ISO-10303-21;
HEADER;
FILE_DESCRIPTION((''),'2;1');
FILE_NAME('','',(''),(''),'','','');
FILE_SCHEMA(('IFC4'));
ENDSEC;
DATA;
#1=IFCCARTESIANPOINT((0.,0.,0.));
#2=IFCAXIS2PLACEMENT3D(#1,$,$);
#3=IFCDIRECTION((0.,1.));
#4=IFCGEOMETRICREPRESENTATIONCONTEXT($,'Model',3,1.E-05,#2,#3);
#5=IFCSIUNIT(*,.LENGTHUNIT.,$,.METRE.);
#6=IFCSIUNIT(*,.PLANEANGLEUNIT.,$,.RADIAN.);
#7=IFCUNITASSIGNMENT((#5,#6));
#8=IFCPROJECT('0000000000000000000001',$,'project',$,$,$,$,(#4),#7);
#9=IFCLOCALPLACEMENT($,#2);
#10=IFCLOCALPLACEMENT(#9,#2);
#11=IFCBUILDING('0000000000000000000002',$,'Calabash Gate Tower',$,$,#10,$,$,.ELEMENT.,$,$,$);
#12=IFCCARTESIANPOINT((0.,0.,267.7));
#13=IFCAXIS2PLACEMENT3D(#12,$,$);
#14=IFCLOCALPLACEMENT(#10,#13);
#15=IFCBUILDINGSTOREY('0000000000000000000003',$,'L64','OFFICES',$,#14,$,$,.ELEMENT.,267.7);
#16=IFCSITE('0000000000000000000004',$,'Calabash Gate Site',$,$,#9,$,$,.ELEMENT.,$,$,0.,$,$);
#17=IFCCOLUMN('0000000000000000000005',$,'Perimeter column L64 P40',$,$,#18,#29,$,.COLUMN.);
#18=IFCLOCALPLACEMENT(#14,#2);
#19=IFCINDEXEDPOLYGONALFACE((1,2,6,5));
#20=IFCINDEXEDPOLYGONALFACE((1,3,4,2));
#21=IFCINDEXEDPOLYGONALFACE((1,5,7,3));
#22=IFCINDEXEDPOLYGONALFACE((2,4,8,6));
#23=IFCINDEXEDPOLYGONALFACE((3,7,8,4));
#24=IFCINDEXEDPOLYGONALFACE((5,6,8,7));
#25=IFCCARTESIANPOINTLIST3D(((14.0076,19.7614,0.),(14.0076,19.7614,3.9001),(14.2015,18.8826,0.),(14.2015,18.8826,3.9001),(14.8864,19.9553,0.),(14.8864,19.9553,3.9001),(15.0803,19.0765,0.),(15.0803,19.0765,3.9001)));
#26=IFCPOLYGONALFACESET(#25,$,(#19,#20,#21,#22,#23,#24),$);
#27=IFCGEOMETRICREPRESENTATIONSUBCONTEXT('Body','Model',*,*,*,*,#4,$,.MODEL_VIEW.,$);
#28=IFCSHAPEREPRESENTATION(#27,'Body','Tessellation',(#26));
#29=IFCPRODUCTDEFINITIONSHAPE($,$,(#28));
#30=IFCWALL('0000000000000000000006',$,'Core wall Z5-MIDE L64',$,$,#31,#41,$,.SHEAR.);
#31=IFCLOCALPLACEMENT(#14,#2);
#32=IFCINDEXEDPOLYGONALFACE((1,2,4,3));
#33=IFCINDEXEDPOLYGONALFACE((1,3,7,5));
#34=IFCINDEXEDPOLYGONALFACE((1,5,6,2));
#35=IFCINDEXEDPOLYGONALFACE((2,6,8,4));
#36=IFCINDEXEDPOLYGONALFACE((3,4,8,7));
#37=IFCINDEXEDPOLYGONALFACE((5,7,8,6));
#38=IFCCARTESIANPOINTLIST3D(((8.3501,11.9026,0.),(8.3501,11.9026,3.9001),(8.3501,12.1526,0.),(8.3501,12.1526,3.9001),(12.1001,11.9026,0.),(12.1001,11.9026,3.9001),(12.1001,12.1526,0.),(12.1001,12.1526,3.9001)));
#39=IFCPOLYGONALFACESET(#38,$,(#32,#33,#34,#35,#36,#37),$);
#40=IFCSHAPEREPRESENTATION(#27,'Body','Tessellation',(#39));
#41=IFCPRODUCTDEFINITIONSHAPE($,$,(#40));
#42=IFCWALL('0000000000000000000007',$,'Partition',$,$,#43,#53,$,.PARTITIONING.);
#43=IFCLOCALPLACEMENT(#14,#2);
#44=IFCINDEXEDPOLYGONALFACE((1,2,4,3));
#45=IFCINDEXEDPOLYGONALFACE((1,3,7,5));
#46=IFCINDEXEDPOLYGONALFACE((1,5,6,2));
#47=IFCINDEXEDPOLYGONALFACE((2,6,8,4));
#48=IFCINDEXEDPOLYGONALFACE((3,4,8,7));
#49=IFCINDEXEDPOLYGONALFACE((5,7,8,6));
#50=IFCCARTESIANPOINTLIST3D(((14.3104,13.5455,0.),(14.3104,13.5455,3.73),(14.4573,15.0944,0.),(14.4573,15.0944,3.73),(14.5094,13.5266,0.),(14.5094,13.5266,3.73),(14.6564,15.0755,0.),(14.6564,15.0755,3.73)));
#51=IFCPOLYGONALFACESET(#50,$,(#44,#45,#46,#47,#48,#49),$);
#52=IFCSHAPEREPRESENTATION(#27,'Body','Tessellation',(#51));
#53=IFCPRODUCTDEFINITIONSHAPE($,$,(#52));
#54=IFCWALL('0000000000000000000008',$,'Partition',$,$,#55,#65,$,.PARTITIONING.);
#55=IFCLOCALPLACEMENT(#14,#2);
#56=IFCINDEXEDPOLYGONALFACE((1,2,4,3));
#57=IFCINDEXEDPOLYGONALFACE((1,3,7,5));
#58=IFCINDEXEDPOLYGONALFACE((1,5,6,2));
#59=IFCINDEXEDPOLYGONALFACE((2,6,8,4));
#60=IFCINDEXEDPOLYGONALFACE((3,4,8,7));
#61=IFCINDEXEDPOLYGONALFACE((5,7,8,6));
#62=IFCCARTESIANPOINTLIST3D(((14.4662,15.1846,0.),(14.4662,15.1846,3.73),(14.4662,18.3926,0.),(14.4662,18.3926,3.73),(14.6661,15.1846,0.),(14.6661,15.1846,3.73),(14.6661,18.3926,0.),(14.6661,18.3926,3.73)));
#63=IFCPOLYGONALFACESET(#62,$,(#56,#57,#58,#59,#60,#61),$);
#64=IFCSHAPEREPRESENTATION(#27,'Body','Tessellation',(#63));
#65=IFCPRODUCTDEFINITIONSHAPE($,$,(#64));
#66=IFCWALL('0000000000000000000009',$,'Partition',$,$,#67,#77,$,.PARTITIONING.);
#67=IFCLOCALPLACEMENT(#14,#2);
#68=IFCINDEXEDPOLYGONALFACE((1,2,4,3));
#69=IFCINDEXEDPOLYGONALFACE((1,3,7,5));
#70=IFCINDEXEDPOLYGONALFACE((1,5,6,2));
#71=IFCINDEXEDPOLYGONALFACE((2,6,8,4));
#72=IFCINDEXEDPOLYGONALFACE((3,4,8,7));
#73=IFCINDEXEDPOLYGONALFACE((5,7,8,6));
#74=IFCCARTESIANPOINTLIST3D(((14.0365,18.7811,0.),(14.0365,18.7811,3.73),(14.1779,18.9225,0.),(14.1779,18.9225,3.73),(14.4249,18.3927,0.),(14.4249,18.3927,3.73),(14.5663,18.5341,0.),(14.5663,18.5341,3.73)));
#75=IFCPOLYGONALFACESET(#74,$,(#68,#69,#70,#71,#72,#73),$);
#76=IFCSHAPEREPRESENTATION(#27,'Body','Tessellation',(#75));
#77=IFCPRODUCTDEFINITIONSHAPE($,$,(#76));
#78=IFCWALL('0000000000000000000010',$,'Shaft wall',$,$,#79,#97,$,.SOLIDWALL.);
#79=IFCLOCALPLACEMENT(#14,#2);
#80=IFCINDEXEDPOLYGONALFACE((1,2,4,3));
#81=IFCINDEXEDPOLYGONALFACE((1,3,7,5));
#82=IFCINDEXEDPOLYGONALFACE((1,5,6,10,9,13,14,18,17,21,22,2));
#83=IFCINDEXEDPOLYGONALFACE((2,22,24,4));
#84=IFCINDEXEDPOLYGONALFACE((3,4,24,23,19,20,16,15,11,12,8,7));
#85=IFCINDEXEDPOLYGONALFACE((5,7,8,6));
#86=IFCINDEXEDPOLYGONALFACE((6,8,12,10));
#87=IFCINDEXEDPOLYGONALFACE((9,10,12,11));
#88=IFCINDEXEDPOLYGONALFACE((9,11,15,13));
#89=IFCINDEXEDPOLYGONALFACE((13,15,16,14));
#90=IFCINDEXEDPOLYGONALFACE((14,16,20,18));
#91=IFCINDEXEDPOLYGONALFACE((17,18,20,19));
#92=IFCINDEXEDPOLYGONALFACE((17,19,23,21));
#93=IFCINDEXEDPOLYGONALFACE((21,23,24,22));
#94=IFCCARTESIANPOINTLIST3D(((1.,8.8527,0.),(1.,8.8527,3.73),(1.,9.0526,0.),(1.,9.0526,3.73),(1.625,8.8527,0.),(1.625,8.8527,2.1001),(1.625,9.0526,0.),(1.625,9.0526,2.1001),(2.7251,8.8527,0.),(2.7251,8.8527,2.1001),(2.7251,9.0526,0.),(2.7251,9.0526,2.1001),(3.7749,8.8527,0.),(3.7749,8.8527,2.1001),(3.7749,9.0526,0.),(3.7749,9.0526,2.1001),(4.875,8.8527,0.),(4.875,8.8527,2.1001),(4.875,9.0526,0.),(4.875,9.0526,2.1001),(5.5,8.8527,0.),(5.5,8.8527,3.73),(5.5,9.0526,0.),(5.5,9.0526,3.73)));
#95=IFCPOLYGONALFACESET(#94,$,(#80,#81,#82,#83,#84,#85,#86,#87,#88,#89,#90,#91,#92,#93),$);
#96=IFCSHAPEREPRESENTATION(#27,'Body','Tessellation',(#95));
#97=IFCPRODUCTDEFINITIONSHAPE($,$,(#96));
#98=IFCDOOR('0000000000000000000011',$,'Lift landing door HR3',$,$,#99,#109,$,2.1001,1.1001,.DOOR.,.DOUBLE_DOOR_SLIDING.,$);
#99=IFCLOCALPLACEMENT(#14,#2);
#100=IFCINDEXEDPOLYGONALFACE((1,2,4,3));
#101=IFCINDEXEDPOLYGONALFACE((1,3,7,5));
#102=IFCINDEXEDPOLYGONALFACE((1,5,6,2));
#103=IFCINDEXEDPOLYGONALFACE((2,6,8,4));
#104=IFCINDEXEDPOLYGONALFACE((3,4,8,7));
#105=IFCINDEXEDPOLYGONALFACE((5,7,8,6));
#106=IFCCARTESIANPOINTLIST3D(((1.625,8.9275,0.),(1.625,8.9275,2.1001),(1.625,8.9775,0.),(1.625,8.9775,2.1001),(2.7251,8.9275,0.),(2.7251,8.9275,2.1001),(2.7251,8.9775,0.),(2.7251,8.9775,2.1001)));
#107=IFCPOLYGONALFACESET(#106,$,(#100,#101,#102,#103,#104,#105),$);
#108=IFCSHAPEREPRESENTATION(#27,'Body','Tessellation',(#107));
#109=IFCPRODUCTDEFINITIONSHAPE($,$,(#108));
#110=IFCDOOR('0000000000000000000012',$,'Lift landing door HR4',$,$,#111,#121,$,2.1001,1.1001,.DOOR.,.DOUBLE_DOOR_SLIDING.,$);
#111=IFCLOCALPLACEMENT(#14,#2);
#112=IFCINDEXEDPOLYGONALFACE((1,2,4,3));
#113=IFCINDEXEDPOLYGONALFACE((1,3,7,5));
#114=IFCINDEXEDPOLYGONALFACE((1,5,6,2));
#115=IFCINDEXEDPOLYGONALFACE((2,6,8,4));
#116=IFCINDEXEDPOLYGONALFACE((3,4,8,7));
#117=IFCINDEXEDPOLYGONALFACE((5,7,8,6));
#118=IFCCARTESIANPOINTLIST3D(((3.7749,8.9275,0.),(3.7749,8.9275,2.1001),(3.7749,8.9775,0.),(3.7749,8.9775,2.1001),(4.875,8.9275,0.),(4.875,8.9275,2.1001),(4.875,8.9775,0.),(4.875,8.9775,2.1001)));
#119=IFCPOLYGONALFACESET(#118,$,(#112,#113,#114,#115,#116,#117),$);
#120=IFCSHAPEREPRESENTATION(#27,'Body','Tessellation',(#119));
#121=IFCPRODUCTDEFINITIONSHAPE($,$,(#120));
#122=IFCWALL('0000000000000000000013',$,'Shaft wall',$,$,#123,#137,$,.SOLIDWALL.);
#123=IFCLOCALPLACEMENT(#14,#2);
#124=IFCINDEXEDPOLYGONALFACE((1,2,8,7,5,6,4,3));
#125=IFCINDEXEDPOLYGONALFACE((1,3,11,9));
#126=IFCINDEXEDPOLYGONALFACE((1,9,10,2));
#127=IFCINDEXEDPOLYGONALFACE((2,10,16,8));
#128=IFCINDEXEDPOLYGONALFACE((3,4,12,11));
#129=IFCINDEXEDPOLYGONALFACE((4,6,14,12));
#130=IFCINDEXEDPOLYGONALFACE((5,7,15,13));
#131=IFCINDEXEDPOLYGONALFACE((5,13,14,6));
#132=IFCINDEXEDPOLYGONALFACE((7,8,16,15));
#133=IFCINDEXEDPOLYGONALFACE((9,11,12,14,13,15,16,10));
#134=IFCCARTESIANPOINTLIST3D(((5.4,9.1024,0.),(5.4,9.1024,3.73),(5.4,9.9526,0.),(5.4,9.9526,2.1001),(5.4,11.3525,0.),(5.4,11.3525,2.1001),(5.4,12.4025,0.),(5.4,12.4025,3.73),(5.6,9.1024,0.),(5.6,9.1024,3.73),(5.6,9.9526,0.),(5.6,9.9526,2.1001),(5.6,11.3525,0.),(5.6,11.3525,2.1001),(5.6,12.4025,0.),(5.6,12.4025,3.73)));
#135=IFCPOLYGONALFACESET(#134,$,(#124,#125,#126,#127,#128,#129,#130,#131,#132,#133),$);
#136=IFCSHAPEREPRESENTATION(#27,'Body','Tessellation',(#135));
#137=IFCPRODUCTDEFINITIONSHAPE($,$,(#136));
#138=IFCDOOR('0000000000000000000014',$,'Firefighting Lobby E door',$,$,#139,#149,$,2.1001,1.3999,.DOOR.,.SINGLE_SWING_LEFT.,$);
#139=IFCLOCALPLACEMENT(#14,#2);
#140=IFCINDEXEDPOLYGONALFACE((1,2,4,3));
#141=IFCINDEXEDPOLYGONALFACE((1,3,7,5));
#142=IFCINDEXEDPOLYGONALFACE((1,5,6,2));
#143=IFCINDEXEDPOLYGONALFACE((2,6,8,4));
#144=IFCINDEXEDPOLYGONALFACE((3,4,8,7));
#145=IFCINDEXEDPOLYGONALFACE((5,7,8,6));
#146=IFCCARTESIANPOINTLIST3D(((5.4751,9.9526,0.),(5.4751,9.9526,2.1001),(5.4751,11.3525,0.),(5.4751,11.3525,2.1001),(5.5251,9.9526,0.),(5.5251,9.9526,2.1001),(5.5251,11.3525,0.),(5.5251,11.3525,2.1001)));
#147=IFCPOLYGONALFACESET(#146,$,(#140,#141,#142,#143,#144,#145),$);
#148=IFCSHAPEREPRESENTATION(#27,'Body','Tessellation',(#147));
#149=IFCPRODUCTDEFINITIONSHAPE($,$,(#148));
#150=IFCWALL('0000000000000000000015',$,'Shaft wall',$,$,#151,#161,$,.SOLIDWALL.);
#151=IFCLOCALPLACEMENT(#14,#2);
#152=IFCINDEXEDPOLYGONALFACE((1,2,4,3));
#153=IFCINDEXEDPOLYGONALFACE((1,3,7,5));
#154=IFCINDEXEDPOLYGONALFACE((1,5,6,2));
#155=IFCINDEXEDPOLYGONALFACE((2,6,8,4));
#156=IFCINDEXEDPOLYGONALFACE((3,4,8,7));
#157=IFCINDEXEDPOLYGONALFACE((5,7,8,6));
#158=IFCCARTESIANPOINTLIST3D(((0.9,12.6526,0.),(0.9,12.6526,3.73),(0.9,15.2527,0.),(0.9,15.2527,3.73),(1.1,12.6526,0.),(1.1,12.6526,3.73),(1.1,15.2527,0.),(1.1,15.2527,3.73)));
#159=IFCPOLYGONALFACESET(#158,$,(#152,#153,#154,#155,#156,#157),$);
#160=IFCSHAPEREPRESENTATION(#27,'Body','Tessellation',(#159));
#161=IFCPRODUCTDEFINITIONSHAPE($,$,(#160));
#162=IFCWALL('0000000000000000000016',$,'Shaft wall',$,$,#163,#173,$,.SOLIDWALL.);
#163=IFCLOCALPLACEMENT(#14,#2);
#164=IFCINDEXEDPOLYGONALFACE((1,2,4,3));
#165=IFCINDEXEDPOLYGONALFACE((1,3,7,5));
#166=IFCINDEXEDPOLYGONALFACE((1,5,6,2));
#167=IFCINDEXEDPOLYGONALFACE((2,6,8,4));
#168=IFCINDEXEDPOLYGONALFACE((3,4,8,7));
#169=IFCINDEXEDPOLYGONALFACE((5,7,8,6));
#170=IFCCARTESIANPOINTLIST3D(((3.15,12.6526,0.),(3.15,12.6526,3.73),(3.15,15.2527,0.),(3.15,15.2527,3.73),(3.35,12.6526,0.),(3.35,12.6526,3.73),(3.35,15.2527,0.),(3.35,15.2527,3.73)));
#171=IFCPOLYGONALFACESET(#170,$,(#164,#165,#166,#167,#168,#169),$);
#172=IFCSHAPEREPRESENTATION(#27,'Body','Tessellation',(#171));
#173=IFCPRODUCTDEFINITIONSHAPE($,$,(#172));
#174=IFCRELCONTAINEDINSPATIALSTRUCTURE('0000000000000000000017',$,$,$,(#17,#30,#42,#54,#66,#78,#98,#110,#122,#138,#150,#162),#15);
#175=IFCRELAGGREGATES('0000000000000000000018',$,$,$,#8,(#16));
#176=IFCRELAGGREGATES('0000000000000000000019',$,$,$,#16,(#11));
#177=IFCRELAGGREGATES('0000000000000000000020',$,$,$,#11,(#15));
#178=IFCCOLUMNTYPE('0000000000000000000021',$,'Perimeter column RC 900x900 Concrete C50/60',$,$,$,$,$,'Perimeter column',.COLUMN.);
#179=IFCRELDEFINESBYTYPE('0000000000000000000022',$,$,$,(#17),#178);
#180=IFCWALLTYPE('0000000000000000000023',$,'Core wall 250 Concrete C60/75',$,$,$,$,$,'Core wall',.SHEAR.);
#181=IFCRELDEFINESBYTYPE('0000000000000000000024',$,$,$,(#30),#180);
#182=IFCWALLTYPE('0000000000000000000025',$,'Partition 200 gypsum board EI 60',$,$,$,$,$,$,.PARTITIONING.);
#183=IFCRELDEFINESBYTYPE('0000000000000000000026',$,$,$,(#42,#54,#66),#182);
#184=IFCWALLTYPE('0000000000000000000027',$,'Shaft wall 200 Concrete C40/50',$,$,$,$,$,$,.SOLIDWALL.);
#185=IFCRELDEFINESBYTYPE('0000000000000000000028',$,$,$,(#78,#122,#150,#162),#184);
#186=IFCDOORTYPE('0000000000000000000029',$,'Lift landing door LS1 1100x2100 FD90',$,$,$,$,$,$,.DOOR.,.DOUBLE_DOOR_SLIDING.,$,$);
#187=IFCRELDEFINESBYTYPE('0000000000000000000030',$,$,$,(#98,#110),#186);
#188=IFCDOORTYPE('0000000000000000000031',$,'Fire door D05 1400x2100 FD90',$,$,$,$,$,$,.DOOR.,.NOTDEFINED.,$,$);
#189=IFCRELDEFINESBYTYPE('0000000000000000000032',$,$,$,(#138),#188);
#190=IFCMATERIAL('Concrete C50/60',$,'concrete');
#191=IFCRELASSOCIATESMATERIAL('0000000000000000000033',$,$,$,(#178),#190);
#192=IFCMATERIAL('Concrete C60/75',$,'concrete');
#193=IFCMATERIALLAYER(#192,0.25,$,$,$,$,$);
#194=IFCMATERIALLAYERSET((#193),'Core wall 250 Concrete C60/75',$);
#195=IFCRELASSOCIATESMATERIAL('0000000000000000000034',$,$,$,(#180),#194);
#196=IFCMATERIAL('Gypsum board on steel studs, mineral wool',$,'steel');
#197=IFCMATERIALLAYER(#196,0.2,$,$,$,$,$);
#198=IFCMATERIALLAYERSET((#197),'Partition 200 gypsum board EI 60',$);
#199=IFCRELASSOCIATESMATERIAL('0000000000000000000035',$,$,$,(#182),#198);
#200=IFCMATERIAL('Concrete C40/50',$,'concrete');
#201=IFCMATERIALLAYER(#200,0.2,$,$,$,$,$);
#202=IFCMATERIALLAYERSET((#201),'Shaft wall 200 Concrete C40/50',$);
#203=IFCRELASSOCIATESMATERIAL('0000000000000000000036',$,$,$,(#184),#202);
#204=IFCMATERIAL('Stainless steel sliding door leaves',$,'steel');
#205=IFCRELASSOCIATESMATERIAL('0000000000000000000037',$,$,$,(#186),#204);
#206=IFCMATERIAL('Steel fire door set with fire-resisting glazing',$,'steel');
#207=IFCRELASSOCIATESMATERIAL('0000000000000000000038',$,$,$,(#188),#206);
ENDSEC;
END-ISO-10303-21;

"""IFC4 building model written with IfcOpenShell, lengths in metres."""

from ifc_helpers import new_model, si_unit, direction, frame, frame_2d, origin, origin_2d, place, context, subcontext, project, spatial, rectangle, extrude, material, layer, layer_set, material_profile, profile_set, type_object, element, fill, save


model = new_model("IFC4")

# Units and contexts
model_context = context("Model", 3, precision=1e-05, world=origin(), true_north=direction((0.0, 1.0)))
body_context = subcontext(model_context, "Body", "Model", "MODEL_VIEW")
ifc_project = project(units=[si_unit("LENGTHUNIT", "METRE"), si_unit("PLANEANGLEUNIT", "RADIAN")], contexts=[model_context])

# Site, building, storey
site_placement = place(None, origin())
site = spatial("IfcSite", under=ifc_project, at=site_placement, Name="Calabash Gate Site", CompositionType="ELEMENT", RefElevation=0.0)
building_placement = place(site_placement, origin())
building = spatial("IfcBuilding", under=site, at=building_placement, Name="Calabash Gate Tower", CompositionType="ELEMENT")
storey_placement = place(building_placement, frame((0.0, 0.0, 267.7)))
storey = spatial("IfcBuildingStorey", under=building, at=storey_placement, Name="L64", Description="OFFICES", CompositionType="ELEMENT", Elevation=267.7)

# Column
ifc_material_1 = material(Name="Concrete C50/60", Category="concrete")
ifc_material_profile = material_profile(ifc_material_1, rectangle(XDim=0.8999, YDim=0.8999, at=origin_2d()))
ifc_profile_set = profile_set([ifc_material_profile], Name="Concrete C50/60")
column_type = type_object("IfcColumnType", Name="Perimeter column RC 900x900 Concrete C50/60", ElementType="Perimeter column", PredefinedType="COLUMN", material=ifc_profile_set)
column_placement = place(storey_placement, frame((14.5439, 19.4189, 0.0), z_axis=(0.0, 0.0, 1.0), x_axis=(-0.976511, -0.215468, 0.0)))
element("IfcColumn", 1, at=column_placement, inside=storey, type_object=column_type, Name="Perimeter column L64 P40", PredefinedType="COLUMN", context=body_context, shape_type="SweptSolid", body=[
    extrude(rectangle(XDim=0.8999, YDim=0.8999, at=origin_2d()), origin(), (0.0, 0.0, 1.0), 3.9001),
])

# Walls
ifc_material_2 = material(Name="Concrete C60/75", Category="concrete")
ifc_layer_1 = layer(ifc_material_2, 0.25)
ifc_layer_set_1 = layer_set([ifc_layer_1], Name="Core wall 250 Concrete C60/75")
wall_type_1 = type_object("IfcWallType", Name="Core wall 250 Concrete C60/75", ElementType="Core wall", PredefinedType="SHEAR", material=ifc_layer_set_1)
wall_1_placement = place(storey_placement, frame((8.3501, 12.0276, 0.0), z_axis=(0.0, 0.0, 1.0), x_axis=(1.0, 0.0, 0.0)))
element("IfcWall", 2, at=wall_1_placement, inside=storey, type_object=wall_type_1, Name="Core wall Z5-MIDE L64", PredefinedType="SHEAR", context=body_context, shape_type="SweptSolid", body=[
    extrude(rectangle(XDim=3.75, YDim=0.25, at=frame_2d((1.875, 0.0))), origin(), (0.0, 0.0, 1.0), 3.9001),
])
ifc_material_3 = material(Name="Gypsum board on steel studs, mineral wool", Category="steel")
ifc_layer_2 = layer(ifc_material_3, 0.2)
ifc_layer_set_2 = layer_set([ifc_layer_2], Name="Partition 200 gypsum board EI 60")
wall_type_2 = type_object("IfcWallType", Name="Partition 200 gypsum board EI 60", PredefinedType="PARTITIONING", material=ifc_layer_set_2)
wall_2_placement = place(storey_placement, frame((14.4099, 13.5361, 0.0), z_axis=(0.0, 0.0, 1.0), x_axis=(0.094454, 0.995529, 0.0)))
element("IfcWall", 3, at=wall_2_placement, inside=storey, type_object=wall_type_2, Name="Partition", PredefinedType="PARTITIONING", context=body_context, shape_type="SweptSolid", body=[
    extrude(rectangle(XDim=1.5559, YDim=0.2, at=frame_2d((0.7778, 0.0))), origin(), (0.0, 0.0, 1.0), 3.73),
])
wall_3_placement = place(storey_placement, frame((14.5662, 18.3926, 0.0), z_axis=(0.0, 0.0, 1.0), x_axis=(0.0, -1.0, 0.0)))
element("IfcWall", 4, at=wall_3_placement, inside=storey, type_object=wall_type_2, Name="Partition", PredefinedType="PARTITIONING", context=body_context, shape_type="SweptSolid", body=[
    extrude(rectangle(XDim=3.208, YDim=0.2, at=frame_2d((1.604, 0.0))), origin(), (0.0, 0.0, 1.0), 3.73),
])
wall_4_placement = place(storey_placement, frame((14.1072, 18.8518, 0.0), z_axis=(0.0, 0.0, 1.0), x_axis=(0.707107, -0.707107, 0.0)))
element("IfcWall", 5, at=wall_4_placement, inside=storey, type_object=wall_type_2, Name="Partition", PredefinedType="PARTITIONING", context=body_context, shape_type="SweptSolid", body=[
    extrude(rectangle(XDim=0.5493, YDim=0.2, at=frame_2d((0.2747, 0.0))), origin(), (0.0, 0.0, 1.0), 3.73),
])

# Wall, openings, doors
ifc_material_4 = material(Name="Concrete C40/50", Category="concrete")
ifc_layer_3 = layer(ifc_material_4, 0.2)
ifc_layer_set_3 = layer_set([ifc_layer_3], Name="Shaft wall 200 Concrete C40/50")
wall_type_3 = type_object("IfcWallType", Name="Shaft wall 200 Concrete C40/50", PredefinedType="SOLIDWALL", material=ifc_layer_set_3)
wall_5_placement = place(storey_placement, frame((1.0, 8.9526, 0.0), z_axis=(0.0, 0.0, 1.0), x_axis=(1.0, 0.0, 0.0)))
wall_5 = element("IfcWall", 6, at=wall_5_placement, inside=storey, type_object=wall_type_3, Name="Shaft wall", PredefinedType="SOLIDWALL", context=body_context, shape_type="SweptSolid", body=[
    extrude(rectangle(XDim=4.5, YDim=0.2, at=frame_2d((2.25, 0.0))), origin(), (0.0, 0.0, 1.0), 3.73),
])
opening_1_placement = place(wall_5_placement, frame((0.625, 0.0, 0.0)))
opening_1 = element("IfcOpeningElement", 7, at=opening_1_placement, cuts=wall_5, PredefinedType="OPENING", context=body_context, shape_type="SweptSolid", body=[
    extrude(rectangle(XDim=1.1001, YDim=2.1001, at=frame_2d((0.55, 1.05))), frame((0.0, 0.1099, 0.0), z_axis=(0.0, -1.0, 0.0), x_axis=(1.0, 0.0, 0.0)), (0.0, 0.0, 1.0), 0.22),
])
opening_2_placement = place(wall_5_placement, frame((2.7749, 0.0, 0.0)))
opening_2 = element("IfcOpeningElement", 8, at=opening_2_placement, cuts=wall_5, PredefinedType="OPENING", context=body_context, shape_type="SweptSolid", body=[
    extrude(rectangle(XDim=1.1001, YDim=2.1001, at=frame_2d((0.55, 1.05))), frame((0.0, 0.1099, 0.0), z_axis=(0.0, -1.0, 0.0), x_axis=(1.0, 0.0, 0.0)), (0.0, 0.0, 1.0), 0.22),
])
ifc_material_5 = material(Name="Stainless steel sliding door leaves", Category="steel")
door_type_1 = type_object("IfcDoorType", Name="Lift landing door LS1 1100x2100 FD90", OperationType="DOUBLE_DOOR_SLIDING", PredefinedType="DOOR", material=ifc_material_5)
door_1_placement = place(opening_1_placement, origin())
door_1 = element("IfcDoor", 9, at=door_1_placement, inside=storey, type_object=door_type_1, Name="Lift landing door HR3", OperationType="DOUBLE_DOOR_SLIDING", OverallHeight=2.1001, OverallWidth=1.1001, PredefinedType="DOOR", context=body_context, shape_type="SweptSolid", body=[
    extrude(rectangle(XDim=1.1001, YDim=2.1001, at=frame_2d((0.55, 1.05))), frame((0.0, 0.0249, 0.0), z_axis=(0.0, -1.0, 0.0), x_axis=(1.0, 0.0, 0.0)), (0.0, 0.0, 1.0), 0.05),
])
fill(opening_1, door_1)
door_2_placement = place(opening_2_placement, origin())
door_2 = element("IfcDoor", 10, at=door_2_placement, inside=storey, type_object=door_type_1, Name="Lift landing door HR4", OperationType="DOUBLE_DOOR_SLIDING", OverallHeight=2.1001, OverallWidth=1.1001, PredefinedType="DOOR", context=body_context, shape_type="SweptSolid", body=[
    extrude(rectangle(XDim=1.1001, YDim=2.1001, at=frame_2d((0.55, 1.05))), frame((0.0, 0.0249, 0.0), z_axis=(0.0, -1.0, 0.0), x_axis=(1.0, 0.0, 0.0)), (0.0, 0.0, 1.0), 0.05),
])
fill(opening_2, door_2)

# Wall, opening, door
wall_6_placement = place(storey_placement, frame((5.5, 9.1025, 0.0), z_axis=(0.0, 0.0, 1.0), x_axis=(0.0, 1.0, 0.0)))
wall_6 = element("IfcWall", 11, at=wall_6_placement, inside=storey, type_object=wall_type_3, Name="Shaft wall", PredefinedType="SOLIDWALL", context=body_context, shape_type="SweptSolid", body=[
    extrude(rectangle(XDim=3.3, YDim=0.2, at=frame_2d((1.6499, 0.0))), origin(), (0.0, 0.0, 1.0), 3.73),
])
opening_3_placement = place(wall_6_placement, frame((0.8501, 0.0, 0.0)))
opening_3 = element("IfcOpeningElement", 12, at=opening_3_placement, cuts=wall_6, PredefinedType="OPENING", context=body_context, shape_type="SweptSolid", body=[
    extrude(rectangle(XDim=1.3999, YDim=2.1001, at=frame_2d((0.7, 1.05))), frame((0.0, 0.1099, 0.0), z_axis=(0.0, -1.0, 0.0), x_axis=(1.0, 0.0, 0.0)), (0.0, 0.0, 1.0), 0.22),
])
ifc_material_6 = material(Name="Steel fire door set with fire-resisting glazing", Category="steel")
door_type_2 = type_object("IfcDoorType", Name="Fire door D05 1400x2100 FD90", OperationType="NOTDEFINED", PredefinedType="DOOR", material=ifc_material_6)
door_3_placement = place(opening_3_placement, origin())
door_3 = element("IfcDoor", 13, at=door_3_placement, inside=storey, type_object=door_type_2, Name="Firefighting Lobby E door", OperationType="SINGLE_SWING_LEFT", OverallHeight=2.1001, OverallWidth=1.3999, PredefinedType="DOOR", context=body_context, shape_type="SweptSolid", body=[
    extrude(rectangle(XDim=1.3999, YDim=2.1001, at=frame_2d((0.7, 1.05))), frame((0.0, 0.0249, 0.0), z_axis=(0.0, -1.0, 0.0), x_axis=(1.0, 0.0, 0.0)), (0.0, 0.0, 1.0), 0.05),
])
fill(opening_3, door_3)

# Walls
for number, where, z_axis, x_axis, name in (
    (14, (1.0, 12.6526, 0.0), (0.0, 0.0, 1.0), (0.0, 1.0, 0.0), "Shaft wall"),
    (15, (3.25, 12.6526, 0.0), (0.0, 0.0, 1.0), (0.0, 1.0, 0.0), "Shaft wall"),
):
    element("IfcWall", number, at=place(storey_placement, frame(where, z_axis=z_axis, x_axis=x_axis)), inside=storey, type_object=wall_type_3, Name=name, PredefinedType="SOLIDWALL", context=body_context, shape_type="SweptSolid", body=[
        extrude(rectangle(XDim=2.6001, YDim=0.2, at=frame_2d((1.3, 0.0))), origin(), (0.0, 0.0, 1.0), 3.73),
    ])

save(model, "model.ifc")
